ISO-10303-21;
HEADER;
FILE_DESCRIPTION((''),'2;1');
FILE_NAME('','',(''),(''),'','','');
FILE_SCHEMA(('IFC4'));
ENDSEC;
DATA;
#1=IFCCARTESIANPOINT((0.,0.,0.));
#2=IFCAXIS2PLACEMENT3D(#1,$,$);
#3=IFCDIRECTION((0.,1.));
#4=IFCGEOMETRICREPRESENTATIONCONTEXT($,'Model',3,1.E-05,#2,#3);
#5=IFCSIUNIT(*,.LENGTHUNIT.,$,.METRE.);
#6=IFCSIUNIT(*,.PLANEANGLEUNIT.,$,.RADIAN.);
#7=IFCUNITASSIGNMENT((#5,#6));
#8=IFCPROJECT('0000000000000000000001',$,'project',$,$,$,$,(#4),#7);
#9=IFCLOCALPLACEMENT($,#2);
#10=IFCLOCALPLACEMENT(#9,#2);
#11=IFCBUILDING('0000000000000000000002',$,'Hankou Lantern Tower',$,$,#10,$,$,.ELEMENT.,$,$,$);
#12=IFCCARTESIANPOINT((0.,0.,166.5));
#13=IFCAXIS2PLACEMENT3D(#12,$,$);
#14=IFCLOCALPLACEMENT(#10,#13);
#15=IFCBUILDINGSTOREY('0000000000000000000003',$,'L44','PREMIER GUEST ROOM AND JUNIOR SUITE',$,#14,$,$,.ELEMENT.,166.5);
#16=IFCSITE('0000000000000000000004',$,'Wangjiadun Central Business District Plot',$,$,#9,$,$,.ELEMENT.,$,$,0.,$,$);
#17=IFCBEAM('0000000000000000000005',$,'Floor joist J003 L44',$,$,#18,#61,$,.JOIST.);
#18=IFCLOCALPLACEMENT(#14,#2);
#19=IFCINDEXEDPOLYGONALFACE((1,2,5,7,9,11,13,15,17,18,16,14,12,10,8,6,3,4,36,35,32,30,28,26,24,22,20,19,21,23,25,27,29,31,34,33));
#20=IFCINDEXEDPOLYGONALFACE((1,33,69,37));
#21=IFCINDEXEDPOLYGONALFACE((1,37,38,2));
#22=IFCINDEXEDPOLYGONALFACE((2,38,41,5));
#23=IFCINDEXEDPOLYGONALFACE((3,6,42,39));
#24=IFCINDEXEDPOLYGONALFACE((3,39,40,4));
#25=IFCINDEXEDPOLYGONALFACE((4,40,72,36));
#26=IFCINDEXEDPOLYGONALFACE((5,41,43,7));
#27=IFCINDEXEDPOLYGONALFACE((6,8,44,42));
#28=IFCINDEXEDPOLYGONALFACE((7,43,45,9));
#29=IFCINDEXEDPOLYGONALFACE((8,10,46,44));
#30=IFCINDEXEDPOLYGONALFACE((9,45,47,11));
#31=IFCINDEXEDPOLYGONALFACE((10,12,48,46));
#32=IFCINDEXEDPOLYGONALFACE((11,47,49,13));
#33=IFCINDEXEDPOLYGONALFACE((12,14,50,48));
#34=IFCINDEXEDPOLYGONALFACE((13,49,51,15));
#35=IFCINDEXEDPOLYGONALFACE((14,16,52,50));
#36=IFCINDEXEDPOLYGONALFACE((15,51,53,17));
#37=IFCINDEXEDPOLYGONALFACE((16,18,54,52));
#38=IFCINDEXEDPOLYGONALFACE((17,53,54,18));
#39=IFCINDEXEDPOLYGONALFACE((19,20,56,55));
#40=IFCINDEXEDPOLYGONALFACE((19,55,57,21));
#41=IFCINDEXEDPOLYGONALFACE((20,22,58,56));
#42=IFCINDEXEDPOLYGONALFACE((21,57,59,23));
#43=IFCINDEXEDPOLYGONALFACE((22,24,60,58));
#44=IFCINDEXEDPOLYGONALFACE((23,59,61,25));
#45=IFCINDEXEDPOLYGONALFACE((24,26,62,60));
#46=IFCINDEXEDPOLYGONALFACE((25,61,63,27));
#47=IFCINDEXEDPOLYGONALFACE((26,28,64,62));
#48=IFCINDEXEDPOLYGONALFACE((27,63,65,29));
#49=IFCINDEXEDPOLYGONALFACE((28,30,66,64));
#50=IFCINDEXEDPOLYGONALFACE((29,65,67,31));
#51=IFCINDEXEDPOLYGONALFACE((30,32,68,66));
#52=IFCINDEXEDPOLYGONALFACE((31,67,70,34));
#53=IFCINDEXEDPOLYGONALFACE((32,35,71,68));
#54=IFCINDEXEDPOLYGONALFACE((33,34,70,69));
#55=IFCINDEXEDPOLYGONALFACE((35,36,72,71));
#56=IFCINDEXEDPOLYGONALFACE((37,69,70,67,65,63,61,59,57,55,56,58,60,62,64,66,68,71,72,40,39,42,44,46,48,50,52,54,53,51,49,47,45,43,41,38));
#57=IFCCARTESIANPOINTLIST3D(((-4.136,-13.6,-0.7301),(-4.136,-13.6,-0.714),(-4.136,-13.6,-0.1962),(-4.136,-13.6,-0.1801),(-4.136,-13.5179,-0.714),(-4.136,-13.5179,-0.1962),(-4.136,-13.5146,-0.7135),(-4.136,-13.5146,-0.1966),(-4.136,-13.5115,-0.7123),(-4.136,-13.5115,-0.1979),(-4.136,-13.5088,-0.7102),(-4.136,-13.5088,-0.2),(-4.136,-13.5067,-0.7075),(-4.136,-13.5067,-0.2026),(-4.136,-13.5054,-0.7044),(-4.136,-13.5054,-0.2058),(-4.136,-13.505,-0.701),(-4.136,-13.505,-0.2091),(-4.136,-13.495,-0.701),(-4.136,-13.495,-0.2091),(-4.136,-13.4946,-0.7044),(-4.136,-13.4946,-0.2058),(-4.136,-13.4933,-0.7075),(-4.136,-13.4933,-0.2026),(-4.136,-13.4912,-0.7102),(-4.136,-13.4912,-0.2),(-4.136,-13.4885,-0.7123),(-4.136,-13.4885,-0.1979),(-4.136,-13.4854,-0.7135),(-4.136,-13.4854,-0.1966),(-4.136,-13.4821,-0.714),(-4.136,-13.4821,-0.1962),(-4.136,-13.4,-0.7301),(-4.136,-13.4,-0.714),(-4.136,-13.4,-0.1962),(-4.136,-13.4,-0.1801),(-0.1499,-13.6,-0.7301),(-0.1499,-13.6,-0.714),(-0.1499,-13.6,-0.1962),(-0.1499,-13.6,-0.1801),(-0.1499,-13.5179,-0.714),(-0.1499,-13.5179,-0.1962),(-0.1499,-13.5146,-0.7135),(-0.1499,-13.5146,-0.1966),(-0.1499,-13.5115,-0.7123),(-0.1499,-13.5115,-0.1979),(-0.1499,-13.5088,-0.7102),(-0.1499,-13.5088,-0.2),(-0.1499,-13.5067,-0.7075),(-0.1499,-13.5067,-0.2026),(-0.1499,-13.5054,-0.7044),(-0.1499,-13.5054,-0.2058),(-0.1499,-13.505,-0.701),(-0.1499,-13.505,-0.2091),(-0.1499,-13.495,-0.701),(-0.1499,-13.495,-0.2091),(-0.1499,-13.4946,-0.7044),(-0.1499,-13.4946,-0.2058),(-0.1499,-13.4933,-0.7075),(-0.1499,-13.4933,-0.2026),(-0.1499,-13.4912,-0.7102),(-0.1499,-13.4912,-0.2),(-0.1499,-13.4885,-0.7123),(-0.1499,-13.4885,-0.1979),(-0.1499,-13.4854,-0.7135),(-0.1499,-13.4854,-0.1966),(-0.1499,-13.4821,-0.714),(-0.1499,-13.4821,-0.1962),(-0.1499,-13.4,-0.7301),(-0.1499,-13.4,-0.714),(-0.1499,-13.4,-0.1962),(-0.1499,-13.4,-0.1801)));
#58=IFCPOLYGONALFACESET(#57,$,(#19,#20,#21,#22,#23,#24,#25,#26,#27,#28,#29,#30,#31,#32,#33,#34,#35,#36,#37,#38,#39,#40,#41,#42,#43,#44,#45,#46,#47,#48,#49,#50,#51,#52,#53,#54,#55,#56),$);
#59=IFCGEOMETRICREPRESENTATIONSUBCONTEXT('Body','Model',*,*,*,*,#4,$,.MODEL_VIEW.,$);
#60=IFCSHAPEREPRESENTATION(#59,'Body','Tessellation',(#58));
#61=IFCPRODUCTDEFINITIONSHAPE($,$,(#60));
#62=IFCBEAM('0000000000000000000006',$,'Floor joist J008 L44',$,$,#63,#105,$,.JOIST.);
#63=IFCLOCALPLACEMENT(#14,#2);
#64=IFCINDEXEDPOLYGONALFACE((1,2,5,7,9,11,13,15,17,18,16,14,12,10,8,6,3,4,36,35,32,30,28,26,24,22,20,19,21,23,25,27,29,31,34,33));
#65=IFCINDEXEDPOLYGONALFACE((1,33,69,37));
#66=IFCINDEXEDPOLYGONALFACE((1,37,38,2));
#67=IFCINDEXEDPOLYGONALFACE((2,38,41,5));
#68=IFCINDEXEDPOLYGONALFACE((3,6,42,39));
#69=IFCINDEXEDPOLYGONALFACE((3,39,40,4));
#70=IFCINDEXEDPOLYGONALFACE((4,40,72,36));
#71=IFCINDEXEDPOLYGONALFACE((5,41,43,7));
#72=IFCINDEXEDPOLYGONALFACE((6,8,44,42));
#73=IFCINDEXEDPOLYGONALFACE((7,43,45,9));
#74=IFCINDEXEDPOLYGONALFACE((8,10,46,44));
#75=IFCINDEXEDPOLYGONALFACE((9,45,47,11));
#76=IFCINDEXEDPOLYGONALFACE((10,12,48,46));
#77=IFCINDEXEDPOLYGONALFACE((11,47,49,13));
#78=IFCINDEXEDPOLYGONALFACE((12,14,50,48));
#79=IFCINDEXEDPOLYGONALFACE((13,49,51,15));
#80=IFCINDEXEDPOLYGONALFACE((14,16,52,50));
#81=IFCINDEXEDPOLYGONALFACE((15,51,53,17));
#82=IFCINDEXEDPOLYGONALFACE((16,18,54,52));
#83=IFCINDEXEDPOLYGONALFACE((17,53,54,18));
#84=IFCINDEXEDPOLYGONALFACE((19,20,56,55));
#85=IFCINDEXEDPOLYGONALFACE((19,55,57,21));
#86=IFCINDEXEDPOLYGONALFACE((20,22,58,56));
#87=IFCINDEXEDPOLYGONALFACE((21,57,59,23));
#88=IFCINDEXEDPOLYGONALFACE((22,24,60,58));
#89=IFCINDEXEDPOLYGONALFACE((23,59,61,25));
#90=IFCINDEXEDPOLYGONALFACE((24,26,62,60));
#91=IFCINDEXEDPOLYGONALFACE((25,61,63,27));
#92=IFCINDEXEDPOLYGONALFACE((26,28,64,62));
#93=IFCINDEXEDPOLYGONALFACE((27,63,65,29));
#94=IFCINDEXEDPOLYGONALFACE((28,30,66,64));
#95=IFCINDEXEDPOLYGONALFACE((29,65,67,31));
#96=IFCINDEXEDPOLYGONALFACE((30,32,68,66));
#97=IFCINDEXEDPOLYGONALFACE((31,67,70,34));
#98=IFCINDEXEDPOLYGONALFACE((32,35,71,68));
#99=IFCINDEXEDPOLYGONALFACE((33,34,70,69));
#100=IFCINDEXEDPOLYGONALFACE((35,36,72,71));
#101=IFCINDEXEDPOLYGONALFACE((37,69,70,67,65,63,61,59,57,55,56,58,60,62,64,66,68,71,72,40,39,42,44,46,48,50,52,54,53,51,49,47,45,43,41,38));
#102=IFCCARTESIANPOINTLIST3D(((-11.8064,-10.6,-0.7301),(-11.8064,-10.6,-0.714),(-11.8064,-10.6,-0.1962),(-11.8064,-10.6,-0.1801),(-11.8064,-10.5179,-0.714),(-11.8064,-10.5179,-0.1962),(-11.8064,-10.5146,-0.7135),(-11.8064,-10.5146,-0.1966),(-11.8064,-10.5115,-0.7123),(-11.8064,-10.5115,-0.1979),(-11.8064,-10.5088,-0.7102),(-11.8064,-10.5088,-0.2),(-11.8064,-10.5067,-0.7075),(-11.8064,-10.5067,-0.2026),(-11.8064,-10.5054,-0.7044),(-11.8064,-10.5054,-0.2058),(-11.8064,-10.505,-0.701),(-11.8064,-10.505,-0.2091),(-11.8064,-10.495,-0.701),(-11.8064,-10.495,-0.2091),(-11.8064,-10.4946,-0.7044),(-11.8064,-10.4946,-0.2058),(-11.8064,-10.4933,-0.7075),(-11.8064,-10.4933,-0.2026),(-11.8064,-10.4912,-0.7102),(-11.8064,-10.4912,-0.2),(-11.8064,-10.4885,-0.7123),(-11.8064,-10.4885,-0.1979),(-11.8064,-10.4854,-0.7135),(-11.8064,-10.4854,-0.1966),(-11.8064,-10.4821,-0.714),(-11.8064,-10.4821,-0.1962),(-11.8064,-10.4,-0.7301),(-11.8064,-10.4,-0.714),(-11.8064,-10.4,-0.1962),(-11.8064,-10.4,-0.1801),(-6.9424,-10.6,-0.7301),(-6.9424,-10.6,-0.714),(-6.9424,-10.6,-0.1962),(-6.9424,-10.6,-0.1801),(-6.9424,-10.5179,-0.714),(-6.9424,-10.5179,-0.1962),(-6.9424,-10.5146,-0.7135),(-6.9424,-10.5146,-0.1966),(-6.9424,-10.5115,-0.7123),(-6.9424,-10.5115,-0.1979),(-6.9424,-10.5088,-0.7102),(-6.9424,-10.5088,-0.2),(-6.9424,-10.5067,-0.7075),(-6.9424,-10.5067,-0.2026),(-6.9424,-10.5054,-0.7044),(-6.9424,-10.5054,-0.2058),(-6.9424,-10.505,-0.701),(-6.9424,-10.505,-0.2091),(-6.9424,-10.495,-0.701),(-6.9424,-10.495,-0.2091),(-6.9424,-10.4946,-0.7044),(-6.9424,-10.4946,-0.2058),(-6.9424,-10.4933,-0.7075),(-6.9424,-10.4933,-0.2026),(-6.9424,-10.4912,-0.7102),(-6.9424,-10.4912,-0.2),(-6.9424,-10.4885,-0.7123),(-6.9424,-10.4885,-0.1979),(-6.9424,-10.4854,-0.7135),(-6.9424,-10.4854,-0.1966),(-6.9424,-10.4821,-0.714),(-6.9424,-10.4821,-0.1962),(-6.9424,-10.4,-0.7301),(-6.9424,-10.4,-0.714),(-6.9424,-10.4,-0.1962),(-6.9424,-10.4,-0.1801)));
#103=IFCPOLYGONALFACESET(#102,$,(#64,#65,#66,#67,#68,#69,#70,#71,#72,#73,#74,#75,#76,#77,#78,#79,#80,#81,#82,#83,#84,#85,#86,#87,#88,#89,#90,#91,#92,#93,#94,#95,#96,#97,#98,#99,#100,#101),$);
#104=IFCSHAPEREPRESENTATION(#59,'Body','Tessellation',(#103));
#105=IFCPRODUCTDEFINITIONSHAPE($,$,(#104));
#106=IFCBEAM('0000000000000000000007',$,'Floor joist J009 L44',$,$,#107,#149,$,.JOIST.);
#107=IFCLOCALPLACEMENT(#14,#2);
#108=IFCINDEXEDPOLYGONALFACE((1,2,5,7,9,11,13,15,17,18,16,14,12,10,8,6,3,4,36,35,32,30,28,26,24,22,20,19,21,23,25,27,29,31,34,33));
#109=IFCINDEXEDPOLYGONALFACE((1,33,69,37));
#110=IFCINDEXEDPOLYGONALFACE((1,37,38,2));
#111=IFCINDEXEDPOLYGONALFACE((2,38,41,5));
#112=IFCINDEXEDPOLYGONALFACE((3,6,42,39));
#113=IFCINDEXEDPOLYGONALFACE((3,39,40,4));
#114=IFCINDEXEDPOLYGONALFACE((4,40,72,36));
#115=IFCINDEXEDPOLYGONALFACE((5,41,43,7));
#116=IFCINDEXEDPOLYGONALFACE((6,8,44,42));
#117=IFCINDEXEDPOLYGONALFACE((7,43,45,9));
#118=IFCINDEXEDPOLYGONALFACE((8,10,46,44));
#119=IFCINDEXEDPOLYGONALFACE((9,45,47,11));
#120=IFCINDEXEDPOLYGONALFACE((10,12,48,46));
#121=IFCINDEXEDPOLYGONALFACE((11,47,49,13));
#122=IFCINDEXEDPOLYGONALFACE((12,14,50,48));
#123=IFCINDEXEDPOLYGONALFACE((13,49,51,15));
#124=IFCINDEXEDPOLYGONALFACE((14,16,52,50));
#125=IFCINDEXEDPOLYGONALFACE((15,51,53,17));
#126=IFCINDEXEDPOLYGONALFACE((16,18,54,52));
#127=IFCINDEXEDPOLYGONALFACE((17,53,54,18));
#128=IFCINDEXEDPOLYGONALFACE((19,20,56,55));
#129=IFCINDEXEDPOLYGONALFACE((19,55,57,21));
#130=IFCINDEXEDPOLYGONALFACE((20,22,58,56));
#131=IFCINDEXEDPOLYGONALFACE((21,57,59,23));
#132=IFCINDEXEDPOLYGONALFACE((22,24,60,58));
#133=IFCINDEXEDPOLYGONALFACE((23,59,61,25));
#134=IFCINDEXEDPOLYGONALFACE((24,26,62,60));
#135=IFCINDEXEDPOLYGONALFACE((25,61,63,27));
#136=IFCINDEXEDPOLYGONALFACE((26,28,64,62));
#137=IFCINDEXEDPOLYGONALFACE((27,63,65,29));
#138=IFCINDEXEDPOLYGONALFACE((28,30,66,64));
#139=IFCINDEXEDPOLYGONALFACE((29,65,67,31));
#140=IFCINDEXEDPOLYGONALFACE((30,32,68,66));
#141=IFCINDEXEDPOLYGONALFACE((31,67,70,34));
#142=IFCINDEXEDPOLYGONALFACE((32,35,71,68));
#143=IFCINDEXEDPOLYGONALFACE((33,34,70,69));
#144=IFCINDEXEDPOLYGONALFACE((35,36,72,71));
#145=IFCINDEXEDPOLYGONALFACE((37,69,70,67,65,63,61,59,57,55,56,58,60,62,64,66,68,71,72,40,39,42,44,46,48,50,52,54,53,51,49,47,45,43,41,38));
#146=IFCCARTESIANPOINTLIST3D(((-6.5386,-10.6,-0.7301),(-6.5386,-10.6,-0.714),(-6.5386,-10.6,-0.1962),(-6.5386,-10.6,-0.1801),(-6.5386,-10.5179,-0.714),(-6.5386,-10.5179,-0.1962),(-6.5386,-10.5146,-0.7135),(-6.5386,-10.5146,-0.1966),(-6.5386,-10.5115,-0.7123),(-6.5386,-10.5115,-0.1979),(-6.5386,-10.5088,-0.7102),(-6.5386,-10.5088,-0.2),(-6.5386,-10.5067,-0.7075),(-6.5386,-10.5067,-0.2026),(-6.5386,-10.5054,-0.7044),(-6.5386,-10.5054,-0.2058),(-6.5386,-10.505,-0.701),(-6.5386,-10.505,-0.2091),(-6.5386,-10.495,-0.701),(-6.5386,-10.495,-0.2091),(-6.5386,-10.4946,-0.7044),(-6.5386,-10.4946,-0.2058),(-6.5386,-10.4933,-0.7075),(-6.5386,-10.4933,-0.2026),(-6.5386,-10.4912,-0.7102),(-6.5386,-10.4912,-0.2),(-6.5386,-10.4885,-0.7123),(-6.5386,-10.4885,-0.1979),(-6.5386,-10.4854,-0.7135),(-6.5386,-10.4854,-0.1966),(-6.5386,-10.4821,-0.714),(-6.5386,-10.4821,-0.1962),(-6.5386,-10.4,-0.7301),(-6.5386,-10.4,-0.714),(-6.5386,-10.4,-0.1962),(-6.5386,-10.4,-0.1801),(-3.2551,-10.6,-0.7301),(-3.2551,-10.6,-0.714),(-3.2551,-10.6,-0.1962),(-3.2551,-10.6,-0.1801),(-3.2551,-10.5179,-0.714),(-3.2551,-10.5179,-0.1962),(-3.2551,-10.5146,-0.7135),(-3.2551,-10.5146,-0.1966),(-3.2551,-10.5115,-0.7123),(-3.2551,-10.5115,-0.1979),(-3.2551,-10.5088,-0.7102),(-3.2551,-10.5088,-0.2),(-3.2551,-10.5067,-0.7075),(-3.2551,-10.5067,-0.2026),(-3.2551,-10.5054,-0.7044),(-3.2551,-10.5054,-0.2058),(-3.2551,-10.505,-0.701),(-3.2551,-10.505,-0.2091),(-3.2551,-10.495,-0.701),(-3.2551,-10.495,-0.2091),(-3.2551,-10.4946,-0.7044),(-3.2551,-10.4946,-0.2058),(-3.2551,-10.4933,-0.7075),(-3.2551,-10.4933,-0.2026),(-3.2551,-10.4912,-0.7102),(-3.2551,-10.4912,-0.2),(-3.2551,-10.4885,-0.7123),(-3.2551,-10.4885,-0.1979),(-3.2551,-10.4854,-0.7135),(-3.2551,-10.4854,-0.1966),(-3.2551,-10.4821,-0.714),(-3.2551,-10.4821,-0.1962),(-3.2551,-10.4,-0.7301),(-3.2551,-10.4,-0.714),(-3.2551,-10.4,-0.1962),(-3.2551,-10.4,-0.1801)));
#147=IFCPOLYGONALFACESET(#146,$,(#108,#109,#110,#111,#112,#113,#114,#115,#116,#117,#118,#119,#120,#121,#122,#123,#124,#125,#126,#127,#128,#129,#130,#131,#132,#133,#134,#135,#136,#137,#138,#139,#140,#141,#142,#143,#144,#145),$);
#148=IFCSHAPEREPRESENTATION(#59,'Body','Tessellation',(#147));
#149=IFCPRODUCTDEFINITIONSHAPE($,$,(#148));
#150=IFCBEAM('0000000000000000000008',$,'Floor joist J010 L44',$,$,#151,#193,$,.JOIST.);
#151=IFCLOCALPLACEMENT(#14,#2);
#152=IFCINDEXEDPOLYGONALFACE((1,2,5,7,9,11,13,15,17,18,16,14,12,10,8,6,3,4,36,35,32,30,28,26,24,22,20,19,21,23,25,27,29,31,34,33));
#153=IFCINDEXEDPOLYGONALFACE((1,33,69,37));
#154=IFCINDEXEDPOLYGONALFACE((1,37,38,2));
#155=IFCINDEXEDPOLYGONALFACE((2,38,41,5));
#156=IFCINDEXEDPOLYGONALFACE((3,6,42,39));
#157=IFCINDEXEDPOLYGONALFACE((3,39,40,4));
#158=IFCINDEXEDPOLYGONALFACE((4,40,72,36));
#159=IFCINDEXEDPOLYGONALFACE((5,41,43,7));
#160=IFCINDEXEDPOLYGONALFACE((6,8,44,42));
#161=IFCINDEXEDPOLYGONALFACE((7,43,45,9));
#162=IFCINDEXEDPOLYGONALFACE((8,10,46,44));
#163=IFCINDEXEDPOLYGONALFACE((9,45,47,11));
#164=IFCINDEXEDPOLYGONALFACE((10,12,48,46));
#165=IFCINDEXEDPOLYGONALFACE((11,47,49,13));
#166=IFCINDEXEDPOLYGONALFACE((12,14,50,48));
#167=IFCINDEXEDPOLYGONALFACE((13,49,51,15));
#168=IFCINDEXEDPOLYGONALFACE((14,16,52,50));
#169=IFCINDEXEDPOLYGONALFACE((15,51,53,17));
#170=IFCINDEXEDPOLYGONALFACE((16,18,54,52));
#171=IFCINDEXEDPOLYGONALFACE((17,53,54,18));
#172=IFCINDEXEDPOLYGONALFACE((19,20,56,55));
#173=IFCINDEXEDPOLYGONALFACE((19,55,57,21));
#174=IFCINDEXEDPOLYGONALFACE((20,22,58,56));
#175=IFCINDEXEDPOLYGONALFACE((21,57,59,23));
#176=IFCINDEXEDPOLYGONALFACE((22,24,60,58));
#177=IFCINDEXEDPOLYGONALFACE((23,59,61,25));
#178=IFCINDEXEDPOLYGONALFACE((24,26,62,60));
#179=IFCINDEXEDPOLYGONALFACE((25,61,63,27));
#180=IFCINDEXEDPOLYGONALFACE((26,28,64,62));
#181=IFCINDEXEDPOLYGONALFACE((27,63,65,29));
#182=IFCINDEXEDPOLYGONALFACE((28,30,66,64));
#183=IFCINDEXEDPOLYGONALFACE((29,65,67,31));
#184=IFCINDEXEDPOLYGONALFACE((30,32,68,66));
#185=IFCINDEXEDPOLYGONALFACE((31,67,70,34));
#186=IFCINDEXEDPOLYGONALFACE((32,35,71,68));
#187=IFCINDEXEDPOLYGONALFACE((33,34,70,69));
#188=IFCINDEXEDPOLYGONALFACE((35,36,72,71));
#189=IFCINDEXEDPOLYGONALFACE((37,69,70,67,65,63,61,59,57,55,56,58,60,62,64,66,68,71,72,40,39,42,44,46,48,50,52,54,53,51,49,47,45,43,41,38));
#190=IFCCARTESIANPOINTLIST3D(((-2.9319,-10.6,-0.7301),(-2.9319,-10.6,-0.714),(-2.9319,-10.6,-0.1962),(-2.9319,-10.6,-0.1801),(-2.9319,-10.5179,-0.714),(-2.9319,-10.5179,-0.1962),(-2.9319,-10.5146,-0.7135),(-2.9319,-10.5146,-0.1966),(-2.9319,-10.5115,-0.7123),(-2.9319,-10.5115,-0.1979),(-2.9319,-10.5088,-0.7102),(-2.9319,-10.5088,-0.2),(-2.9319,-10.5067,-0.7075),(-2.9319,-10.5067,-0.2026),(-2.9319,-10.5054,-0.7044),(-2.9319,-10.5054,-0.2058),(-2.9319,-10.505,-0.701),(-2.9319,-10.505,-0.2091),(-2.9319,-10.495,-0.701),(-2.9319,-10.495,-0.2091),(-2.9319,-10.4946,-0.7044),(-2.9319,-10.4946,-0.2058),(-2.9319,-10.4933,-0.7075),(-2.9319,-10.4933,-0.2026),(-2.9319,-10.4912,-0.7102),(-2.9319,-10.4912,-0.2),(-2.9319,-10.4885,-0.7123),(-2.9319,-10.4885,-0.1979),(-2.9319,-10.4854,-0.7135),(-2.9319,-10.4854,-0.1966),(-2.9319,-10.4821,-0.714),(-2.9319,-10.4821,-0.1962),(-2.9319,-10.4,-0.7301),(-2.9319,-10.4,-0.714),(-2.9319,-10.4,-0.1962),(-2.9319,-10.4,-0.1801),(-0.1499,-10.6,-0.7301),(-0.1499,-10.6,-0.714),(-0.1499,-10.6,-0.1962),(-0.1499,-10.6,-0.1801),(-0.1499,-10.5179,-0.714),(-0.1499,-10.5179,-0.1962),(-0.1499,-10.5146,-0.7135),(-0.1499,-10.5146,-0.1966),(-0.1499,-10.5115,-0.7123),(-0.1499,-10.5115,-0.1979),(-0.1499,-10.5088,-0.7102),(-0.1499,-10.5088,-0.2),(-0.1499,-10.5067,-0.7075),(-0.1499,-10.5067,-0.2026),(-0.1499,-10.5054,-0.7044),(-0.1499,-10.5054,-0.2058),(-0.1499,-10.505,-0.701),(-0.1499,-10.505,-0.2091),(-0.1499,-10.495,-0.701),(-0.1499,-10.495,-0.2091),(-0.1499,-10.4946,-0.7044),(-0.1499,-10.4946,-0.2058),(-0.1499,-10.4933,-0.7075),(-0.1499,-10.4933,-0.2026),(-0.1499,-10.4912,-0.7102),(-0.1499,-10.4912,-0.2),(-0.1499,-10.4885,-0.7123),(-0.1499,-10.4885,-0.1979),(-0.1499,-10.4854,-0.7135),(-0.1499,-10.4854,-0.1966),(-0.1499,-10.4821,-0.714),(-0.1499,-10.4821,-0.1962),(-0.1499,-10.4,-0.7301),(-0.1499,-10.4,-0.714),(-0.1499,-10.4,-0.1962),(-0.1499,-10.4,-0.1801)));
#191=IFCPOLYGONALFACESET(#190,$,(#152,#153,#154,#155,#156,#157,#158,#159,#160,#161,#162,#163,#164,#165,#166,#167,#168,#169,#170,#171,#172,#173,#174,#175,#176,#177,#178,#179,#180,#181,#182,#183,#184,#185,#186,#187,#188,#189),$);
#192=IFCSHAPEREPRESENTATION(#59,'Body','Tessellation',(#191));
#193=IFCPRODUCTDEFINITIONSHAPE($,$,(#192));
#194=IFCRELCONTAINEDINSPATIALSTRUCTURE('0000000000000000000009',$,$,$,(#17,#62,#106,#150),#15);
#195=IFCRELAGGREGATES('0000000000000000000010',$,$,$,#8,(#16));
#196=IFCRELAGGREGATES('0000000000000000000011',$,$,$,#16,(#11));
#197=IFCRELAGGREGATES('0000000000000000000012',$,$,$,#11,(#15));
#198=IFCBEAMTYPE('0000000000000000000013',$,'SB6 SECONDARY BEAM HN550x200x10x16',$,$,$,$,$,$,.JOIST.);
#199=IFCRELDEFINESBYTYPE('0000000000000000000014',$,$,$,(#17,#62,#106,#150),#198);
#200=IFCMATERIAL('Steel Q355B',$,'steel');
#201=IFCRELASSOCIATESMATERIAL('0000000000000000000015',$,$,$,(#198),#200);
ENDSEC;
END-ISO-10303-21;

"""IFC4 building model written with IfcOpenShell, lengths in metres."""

from ifc_helpers import new_model, si_unit, direction, frame, origin, origin_2d, place, context, subcontext, project, spatial, i_section, extrude, material, material_profile, profile_set, type_object, element, save


model = new_model("IFC4")

# Units and contexts
model_context = context("Model", 3, precision=1e-05, world=origin(), true_north=direction((0.0, 1.0)))
body_context = subcontext(model_context, "Body", "Model", "MODEL_VIEW")
ifc_project = project(units=[si_unit("LENGTHUNIT", "METRE"), si_unit("PLANEANGLEUNIT", "RADIAN")], contexts=[model_context])

# Site, building, storey
site_placement = place(None, origin())
site = spatial("IfcSite", under=ifc_project, at=site_placement, Name="Wangjiadun Central Business District Plot", CompositionType="ELEMENT", RefElevation=0.0)
building_placement = place(site_placement, origin())
building = spatial("IfcBuilding", under=site, at=building_placement, Name="Hankou Lantern Tower", CompositionType="ELEMENT")
storey_placement = place(building_placement, frame((0.0, 0.0, 166.5)))
storey = spatial("IfcBuildingStorey", under=building, at=storey_placement, Name="L44", Description="PREMIER GUEST ROOM AND JUNIOR SUITE", CompositionType="ELEMENT", Elevation=166.5)

# Beams
ifc_material_1 = material(Name="Steel Q355B", Category="steel")
ifc_material_profile_1 = material_profile(ifc_material_1, i_section(OverallWidth=0.2, OverallDepth=0.55, WebThickness=0.01, FlangeThickness=0.0161, FilletRadius=0.0129, at=origin_2d()), Name="HN550x200x10x16")
ifc_profile_set_1 = profile_set([ifc_material_profile_1], Name="Steel Q355B")
beam_type_1 = type_object("IfcBeamType", Name="SB6 SECONDARY BEAM HN550x200x10x16", PredefinedType="JOIST", material=ifc_profile_set_1)
beam_1_placement = place(storey_placement, frame((-4.136, -13.5, -0.4551), z_axis=(1.0, 0.0, 0.0), x_axis=(0.0, 1.0, 0.0)))
element("IfcBeam", 1, at=beam_1_placement, inside=storey, type_object=beam_type_1, Name="Floor joist J003 L44", PredefinedType="JOIST", context=body_context, shape_type="SweptSolid", body=[
    extrude(i_section(OverallWidth=0.2, OverallDepth=0.55, WebThickness=0.01, FlangeThickness=0.0161, FilletRadius=0.0129, at=origin_2d()), origin(), (0.0, 0.0, 1.0), 3.9861),
])
beam_2_placement = place(storey_placement, frame((-11.8064, -10.5, -0.4551), z_axis=(1.0, 0.0, 0.0), x_axis=(0.0, 1.0, 0.0)))
element("IfcBeam", 2, at=beam_2_placement, inside=storey, type_object=beam_type_1, Name="Floor joist J008 L44", PredefinedType="JOIST", context=body_context, shape_type="SweptSolid", body=[
    extrude(i_section(OverallWidth=0.2, OverallDepth=0.55, WebThickness=0.01, FlangeThickness=0.0161, FilletRadius=0.0129, at=origin_2d()), origin(), (0.0, 0.0, 1.0), 4.864),
])
beam_3_placement = place(storey_placement, frame((-6.5386, -10.5, -0.4551), z_axis=(1.0, 0.0, 0.0), x_axis=(0.0, 1.0, 0.0)))
element("IfcBeam", 3, at=beam_3_placement, inside=storey, type_object=beam_type_1, Name="Floor joist J009 L44", PredefinedType="JOIST", context=body_context, shape_type="SweptSolid", body=[
    extrude(i_section(OverallWidth=0.2, OverallDepth=0.55, WebThickness=0.01, FlangeThickness=0.0161, FilletRadius=0.0129, at=origin_2d()), origin(), (0.0, 0.0, 1.0), 3.2834),
])
beam_4_placement = place(storey_placement, frame((-2.9319, -10.5, -0.4551), z_axis=(1.0, 0.0, 0.0), x_axis=(0.0, 1.0, 0.0)))
element("IfcBeam", 4, at=beam_4_placement, inside=storey, type_object=beam_type_1, Name="Floor joist J010 L44", PredefinedType="JOIST", context=body_context, shape_type="SweptSolid", body=[
    extrude(i_section(OverallWidth=0.2, OverallDepth=0.55, WebThickness=0.01, FlangeThickness=0.0161, FilletRadius=0.0129, at=origin_2d()), origin(), (0.0, 0.0, 1.0), 2.782),
])

save(model, "model.ifc")
